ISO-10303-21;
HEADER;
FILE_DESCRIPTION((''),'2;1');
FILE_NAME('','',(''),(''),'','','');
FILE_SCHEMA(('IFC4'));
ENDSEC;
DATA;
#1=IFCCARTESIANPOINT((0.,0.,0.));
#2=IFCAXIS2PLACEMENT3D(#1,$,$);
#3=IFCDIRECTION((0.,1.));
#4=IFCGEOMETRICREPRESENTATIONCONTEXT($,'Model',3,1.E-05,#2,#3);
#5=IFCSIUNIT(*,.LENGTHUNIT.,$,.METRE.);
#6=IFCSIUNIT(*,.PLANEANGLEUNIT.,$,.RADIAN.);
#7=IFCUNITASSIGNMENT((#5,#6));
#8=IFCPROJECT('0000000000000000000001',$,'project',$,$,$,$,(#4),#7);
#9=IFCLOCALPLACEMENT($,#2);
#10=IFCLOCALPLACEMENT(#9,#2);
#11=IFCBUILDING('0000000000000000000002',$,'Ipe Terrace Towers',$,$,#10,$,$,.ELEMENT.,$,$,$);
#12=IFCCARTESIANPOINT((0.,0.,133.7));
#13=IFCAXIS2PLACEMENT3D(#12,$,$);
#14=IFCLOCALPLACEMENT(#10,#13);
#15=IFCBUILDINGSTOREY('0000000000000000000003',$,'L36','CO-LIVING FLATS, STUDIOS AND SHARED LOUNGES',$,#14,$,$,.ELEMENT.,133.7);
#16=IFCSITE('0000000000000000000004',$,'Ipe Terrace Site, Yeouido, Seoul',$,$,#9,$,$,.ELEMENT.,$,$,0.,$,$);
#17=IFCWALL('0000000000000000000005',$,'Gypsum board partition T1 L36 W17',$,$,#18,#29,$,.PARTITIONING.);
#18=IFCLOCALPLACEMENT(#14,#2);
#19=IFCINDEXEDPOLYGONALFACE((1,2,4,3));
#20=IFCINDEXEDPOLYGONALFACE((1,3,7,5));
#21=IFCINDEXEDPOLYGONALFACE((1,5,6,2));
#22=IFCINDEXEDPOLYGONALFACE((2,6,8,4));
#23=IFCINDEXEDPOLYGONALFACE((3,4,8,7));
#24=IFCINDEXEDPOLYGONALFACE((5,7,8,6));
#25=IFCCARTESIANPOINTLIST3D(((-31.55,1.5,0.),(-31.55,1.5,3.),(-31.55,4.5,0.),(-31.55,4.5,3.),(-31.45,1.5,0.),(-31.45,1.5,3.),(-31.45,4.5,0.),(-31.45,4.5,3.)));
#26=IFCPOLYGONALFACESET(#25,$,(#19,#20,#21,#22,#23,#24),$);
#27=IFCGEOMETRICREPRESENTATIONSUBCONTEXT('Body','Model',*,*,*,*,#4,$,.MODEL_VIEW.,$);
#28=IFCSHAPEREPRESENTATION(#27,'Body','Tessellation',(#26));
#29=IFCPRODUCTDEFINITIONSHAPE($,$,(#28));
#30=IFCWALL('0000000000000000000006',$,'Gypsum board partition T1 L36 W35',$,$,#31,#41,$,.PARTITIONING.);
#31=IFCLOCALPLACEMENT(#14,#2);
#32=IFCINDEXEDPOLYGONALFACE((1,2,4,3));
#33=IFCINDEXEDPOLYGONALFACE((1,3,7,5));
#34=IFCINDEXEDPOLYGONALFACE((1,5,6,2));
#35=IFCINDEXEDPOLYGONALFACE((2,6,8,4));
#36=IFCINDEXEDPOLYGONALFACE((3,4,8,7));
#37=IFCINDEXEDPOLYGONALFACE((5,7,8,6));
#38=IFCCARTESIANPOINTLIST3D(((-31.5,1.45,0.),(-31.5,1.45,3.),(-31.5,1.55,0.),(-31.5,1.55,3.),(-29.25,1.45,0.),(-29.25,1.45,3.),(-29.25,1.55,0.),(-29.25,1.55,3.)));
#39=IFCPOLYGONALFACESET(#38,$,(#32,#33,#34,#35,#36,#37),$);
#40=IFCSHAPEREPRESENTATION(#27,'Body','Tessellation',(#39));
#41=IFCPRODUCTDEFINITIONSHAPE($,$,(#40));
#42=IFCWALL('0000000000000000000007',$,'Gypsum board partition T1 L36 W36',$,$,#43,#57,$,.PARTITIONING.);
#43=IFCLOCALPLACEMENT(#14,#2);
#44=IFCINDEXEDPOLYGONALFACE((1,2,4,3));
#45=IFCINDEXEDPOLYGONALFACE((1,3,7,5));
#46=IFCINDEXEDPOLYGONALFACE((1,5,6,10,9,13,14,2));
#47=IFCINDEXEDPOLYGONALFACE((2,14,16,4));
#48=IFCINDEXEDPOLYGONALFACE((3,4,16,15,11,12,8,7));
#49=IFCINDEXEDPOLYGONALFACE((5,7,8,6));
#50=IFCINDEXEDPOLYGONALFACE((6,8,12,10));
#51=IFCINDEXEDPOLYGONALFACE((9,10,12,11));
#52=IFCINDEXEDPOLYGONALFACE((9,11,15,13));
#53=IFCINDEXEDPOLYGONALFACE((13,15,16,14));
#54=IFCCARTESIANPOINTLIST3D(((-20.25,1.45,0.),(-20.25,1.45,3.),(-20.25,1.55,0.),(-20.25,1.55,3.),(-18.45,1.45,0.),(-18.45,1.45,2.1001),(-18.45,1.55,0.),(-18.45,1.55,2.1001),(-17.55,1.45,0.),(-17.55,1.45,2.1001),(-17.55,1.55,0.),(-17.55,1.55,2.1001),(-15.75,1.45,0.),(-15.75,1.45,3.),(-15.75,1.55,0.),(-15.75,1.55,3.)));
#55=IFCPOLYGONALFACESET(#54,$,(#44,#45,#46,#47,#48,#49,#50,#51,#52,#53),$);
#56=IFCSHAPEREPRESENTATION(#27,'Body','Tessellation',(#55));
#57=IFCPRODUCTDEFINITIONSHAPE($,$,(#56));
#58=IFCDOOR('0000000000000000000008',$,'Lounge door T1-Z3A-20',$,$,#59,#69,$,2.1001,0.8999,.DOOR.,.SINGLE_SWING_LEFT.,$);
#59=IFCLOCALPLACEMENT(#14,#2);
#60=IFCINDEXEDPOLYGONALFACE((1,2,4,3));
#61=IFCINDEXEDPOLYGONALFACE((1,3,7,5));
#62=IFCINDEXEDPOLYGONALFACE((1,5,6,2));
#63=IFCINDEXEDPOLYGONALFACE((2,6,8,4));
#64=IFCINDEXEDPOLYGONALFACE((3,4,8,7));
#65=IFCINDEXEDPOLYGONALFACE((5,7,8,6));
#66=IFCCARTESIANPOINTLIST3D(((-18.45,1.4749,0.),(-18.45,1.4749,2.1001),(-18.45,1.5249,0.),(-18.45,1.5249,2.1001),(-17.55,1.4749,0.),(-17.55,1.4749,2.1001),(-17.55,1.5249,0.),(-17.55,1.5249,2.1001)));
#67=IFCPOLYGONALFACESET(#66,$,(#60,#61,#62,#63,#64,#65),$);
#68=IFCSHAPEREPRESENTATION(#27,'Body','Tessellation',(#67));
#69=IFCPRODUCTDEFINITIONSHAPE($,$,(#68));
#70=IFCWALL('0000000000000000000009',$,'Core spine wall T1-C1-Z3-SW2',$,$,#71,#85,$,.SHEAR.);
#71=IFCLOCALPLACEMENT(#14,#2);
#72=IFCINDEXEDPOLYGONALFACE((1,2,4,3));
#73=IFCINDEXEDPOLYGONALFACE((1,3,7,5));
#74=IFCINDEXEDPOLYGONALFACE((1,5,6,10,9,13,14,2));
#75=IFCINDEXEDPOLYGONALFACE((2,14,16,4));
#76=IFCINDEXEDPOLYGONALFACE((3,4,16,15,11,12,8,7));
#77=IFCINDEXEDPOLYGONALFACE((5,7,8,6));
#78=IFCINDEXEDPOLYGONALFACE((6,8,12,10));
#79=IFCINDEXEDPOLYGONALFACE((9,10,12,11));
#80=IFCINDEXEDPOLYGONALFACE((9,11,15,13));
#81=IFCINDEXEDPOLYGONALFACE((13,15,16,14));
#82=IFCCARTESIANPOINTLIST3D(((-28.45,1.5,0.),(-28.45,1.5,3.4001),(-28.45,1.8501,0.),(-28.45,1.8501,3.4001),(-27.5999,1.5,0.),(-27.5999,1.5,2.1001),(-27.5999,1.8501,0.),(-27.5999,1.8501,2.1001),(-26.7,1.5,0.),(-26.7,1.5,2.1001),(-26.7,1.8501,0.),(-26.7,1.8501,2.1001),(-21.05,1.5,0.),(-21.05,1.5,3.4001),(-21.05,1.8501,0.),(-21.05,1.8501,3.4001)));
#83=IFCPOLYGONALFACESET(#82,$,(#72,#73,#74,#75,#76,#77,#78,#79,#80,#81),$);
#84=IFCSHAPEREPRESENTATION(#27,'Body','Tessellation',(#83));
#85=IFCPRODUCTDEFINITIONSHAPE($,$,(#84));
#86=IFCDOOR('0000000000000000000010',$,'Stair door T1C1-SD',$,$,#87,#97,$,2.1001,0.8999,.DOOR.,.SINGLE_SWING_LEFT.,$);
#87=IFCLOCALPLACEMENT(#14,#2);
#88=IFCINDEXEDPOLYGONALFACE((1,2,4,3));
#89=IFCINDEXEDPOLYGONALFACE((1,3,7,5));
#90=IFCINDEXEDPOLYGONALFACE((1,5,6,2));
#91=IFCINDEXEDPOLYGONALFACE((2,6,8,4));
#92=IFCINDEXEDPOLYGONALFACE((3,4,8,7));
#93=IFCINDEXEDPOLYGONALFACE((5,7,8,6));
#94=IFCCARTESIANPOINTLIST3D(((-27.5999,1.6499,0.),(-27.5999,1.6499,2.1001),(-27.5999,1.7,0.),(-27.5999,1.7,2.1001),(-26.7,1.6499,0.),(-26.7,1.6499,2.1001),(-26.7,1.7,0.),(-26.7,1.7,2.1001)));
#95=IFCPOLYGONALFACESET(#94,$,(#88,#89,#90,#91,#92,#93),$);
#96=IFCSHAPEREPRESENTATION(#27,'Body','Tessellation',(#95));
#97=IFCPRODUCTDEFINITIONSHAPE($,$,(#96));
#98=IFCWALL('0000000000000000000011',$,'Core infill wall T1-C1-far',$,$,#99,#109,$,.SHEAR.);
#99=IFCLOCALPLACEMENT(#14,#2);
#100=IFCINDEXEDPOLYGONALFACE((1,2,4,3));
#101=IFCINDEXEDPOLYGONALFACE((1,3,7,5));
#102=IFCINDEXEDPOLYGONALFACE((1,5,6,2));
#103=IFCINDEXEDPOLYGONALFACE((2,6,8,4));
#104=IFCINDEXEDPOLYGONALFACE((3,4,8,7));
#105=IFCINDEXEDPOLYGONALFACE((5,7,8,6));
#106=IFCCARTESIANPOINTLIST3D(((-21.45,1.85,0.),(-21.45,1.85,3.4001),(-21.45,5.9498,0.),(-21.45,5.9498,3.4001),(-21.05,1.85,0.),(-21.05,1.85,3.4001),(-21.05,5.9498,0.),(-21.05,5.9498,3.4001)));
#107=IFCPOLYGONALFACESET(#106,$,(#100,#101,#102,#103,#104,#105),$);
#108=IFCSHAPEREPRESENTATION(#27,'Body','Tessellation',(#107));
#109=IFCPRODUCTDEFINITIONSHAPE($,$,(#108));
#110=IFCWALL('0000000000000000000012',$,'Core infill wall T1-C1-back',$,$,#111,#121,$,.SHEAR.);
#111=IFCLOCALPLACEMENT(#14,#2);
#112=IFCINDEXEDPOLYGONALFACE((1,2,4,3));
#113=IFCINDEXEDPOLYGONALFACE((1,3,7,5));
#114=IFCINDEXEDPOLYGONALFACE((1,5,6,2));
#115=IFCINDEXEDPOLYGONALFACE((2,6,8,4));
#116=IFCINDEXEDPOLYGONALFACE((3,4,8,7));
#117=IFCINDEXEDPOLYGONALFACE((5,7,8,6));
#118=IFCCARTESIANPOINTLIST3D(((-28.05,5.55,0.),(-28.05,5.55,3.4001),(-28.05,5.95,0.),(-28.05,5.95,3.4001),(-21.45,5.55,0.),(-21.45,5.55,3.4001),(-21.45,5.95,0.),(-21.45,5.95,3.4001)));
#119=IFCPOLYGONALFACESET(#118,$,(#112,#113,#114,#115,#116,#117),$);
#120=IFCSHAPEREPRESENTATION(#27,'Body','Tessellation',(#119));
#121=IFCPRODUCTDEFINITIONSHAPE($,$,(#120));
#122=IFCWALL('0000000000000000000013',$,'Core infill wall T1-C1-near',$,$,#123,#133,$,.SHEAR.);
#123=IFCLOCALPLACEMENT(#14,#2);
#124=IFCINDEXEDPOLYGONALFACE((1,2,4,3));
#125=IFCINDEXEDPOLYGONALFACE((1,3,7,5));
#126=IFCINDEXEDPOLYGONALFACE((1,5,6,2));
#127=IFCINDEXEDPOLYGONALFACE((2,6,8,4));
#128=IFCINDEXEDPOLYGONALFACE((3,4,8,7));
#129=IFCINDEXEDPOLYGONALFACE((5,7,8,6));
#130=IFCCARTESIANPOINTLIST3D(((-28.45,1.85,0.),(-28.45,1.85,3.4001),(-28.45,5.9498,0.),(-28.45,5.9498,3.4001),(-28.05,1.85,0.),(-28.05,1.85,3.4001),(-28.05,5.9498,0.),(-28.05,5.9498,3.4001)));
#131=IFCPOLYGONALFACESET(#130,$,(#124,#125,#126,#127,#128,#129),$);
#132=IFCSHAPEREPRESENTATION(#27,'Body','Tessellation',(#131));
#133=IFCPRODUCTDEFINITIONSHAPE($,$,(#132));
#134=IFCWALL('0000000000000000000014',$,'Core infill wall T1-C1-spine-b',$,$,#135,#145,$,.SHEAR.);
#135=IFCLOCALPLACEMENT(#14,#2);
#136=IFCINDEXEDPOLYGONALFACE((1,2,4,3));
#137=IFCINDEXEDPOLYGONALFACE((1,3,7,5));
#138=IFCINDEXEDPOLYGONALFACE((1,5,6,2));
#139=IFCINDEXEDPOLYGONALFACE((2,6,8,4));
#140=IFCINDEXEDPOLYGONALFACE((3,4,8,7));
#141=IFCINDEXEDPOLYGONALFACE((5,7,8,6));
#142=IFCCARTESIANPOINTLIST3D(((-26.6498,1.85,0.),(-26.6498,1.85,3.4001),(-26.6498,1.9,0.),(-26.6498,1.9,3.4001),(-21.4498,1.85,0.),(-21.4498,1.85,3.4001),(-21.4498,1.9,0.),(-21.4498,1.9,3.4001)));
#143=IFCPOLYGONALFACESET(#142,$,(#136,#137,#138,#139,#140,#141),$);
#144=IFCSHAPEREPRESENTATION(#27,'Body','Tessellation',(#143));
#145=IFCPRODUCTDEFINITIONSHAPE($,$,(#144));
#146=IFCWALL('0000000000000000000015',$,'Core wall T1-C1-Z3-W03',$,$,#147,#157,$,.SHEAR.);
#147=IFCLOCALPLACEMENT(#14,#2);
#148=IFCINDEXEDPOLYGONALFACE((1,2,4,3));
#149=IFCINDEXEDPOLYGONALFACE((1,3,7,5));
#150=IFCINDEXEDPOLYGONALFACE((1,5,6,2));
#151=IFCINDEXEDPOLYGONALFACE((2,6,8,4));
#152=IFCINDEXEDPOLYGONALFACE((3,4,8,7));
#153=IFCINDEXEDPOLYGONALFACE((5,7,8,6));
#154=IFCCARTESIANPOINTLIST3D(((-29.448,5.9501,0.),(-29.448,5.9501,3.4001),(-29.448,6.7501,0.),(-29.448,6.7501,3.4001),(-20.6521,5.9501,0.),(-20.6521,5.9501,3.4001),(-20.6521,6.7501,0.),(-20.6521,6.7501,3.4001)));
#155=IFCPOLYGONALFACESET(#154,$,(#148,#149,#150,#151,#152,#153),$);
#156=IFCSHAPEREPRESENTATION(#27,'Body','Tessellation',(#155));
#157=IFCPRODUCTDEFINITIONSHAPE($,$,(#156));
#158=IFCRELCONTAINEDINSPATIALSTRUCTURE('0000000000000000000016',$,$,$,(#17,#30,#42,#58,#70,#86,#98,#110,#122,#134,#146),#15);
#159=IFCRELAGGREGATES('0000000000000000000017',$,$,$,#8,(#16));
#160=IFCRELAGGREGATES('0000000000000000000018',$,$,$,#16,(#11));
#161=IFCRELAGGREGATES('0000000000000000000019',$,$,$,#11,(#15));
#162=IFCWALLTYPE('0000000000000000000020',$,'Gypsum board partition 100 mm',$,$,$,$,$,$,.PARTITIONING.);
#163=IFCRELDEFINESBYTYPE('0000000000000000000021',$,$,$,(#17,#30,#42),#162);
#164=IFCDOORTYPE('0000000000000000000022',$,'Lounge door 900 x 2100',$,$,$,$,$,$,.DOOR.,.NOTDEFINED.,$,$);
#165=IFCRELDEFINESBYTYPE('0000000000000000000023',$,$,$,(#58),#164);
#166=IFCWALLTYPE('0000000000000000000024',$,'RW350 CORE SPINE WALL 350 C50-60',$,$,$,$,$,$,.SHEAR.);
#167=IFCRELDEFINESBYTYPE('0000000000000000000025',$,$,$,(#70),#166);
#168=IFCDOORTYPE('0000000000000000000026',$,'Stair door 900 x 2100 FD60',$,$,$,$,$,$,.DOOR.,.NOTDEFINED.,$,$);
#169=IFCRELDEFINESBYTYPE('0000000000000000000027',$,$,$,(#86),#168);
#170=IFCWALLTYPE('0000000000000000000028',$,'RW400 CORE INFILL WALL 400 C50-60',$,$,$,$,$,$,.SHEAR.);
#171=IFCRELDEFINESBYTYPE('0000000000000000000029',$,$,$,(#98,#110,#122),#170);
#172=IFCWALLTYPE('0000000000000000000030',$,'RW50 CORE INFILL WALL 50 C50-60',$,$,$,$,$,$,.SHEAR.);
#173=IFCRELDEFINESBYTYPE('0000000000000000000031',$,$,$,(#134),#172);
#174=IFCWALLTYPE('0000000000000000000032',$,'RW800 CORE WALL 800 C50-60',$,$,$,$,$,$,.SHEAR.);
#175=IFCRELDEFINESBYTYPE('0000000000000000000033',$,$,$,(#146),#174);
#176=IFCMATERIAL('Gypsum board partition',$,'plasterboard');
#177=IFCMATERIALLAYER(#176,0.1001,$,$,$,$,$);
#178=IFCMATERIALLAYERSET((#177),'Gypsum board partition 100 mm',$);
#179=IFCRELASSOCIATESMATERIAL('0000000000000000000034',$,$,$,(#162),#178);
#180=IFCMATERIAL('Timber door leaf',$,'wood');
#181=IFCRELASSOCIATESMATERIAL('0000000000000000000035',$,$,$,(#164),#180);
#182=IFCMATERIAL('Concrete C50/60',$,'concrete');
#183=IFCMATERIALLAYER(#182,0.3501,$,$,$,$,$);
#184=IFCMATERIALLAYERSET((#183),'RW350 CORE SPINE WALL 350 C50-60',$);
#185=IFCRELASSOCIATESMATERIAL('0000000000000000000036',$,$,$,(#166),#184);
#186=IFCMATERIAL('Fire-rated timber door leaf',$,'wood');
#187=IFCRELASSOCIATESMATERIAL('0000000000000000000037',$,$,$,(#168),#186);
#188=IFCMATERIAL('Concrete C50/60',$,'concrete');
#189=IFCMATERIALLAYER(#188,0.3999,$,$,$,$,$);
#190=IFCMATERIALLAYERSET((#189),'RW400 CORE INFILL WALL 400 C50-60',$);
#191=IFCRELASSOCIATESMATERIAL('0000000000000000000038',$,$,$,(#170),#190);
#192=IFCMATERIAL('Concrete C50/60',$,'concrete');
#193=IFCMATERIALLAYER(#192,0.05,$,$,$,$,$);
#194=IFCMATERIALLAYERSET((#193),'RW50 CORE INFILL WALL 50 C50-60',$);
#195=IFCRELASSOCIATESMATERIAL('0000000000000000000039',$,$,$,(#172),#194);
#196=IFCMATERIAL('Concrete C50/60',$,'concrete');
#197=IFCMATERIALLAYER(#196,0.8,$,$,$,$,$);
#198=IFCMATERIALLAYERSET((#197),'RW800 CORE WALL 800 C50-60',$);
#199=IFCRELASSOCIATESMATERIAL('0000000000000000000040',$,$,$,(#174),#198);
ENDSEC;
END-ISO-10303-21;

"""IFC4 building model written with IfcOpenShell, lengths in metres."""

from ifc_helpers import new_model, si_unit, direction, frame, frame_2d, origin, place, context, subcontext, project, spatial, rectangle, extrude, material, layer, layer_set, type_object, element, fill, save


model = new_model("IFC4")

# Units and contexts
model_context = context("Model", 3, precision=1e-05, world=origin(), true_north=direction((0.0, 1.0)))
body_context = subcontext(model_context, "Body", "Model", "MODEL_VIEW")
ifc_project = project(units=[si_unit("LENGTHUNIT", "METRE"), si_unit("PLANEANGLEUNIT", "RADIAN")], contexts=[model_context])

# Site, building, storey
site_placement = place(None, origin())
site = spatial("IfcSite", under=ifc_project, at=site_placement, Name="Ipe Terrace Site, Yeouido, Seoul", CompositionType="ELEMENT", RefElevation=0.0)
building_placement = place(site_placement, origin())
building = spatial("IfcBuilding", under=site, at=building_placement, Name="Ipe Terrace Towers", CompositionType="ELEMENT")
storey_placement = place(building_placement, frame((0.0, 0.0, 133.7)))
storey = spatial("IfcBuildingStorey", under=building, at=storey_placement, Name="L36", Description="CO-LIVING FLATS, STUDIOS AND SHARED LOUNGES", CompositionType="ELEMENT", Elevation=133.7)

# Walls
ifc_material_1 = material(Name="Gypsum board partition", Category="plasterboard")
ifc_layer_1 = layer(ifc_material_1, 0.1001)
ifc_layer_set_1 = layer_set([ifc_layer_1], Name="Gypsum board partition 100 mm")
wall_type_1 = type_object("IfcWallType", Name="Gypsum board partition 100 mm", PredefinedType="PARTITIONING", material=ifc_layer_set_1)
wall_1_placement = place(storey_placement, frame((-31.5, 1.5, 0.0), z_axis=(0.0, 0.0, 1.0), x_axis=(0.0, 1.0, 0.0)))
element("IfcWall", 1, at=wall_1_placement, inside=storey, type_object=wall_type_1, Name="Gypsum board partition T1 L36 W17", PredefinedType="PARTITIONING", context=body_context, shape_type="SweptSolid", body=[
    extrude(rectangle(XDim=3.0, YDim=0.1001, at=frame_2d((1.5, 0.0))), origin(), (0.0, 0.0, 1.0), 3.0),
])
wall_2_placement = place(storey_placement, frame((-31.5, 1.5, 0.0), z_axis=(0.0, 0.0, 1.0), x_axis=(1.0, 0.0, 0.0)))
element("IfcWall", 2, at=wall_2_placement, inside=storey, type_object=wall_type_1, Name="Gypsum board partition T1 L36 W35", PredefinedType="PARTITIONING", context=body_context, shape_type="SweptSolid", body=[
    extrude(rectangle(XDim=2.25, YDim=0.1001, at=frame_2d((1.125, 0.0))), origin(), (0.0, 0.0, 1.0), 3.0),
])

# Walls, openings, doors
wall_3_placement = place(storey_placement, frame((-20.25, 1.5, 0.0), z_axis=(0.0, 0.0, 1.0), x_axis=(1.0, 0.0, 0.0)))
wall_3 = element("IfcWall", 3, at=wall_3_placement, inside=storey, type_object=wall_type_1, Name="Gypsum board partition T1 L36 W36", PredefinedType="PARTITIONING", context=body_context, shape_type="SweptSolid", body=[
    extrude(rectangle(XDim=4.5, YDim=0.1001, at=frame_2d((2.25, 0.0))), origin(), (0.0, 0.0, 1.0), 3.0),
])
opening_1_placement = place(wall_3_placement, frame((1.8, 0.0, 0.0)))
opening_1 = element("IfcOpeningElement", 4, at=opening_1_placement, cuts=wall_3, PredefinedType="OPENING", context=body_context, shape_type="SweptSolid", body=[
    extrude(rectangle(XDim=0.8999, YDim=2.1001, at=frame_2d((0.45, 1.05))), frame((0.0, 0.0601, 0.0), z_axis=(0.0, -1.0, 0.0), x_axis=(1.0, 0.0, 0.0)), (0.0, 0.0, 1.0), 0.1201),
])
ifc_material_2 = material(Name="Timber door leaf", Category="wood")
door_type_1 = type_object("IfcDoorType", Name="Lounge door 900 x 2100", OperationType="NOTDEFINED", PredefinedType="DOOR", material=ifc_material_2)
door_1_placement = place(opening_1_placement, origin())
door_1 = element("IfcDoor", 5, at=door_1_placement, inside=storey, type_object=door_type_1, Name="Lounge door T1-Z3A-20", OperationType="SINGLE_SWING_LEFT", OverallHeight=2.1001, OverallWidth=0.8999, PredefinedType="DOOR", context=body_context, shape_type="SweptSolid", body=[
    extrude(rectangle(XDim=0.8999, YDim=2.1001, at=frame_2d((0.45, 1.05))), frame((0.0, 0.0249, 0.0), z_axis=(0.0, -1.0, 0.0), x_axis=(1.0, 0.0, 0.0)), (0.0, 0.0, 1.0), 0.05),
])
fill(opening_1, door_1)
ifc_material_3 = material(Name="Concrete C50/60", Category="concrete")
ifc_layer_2 = layer(ifc_material_3, 0.3501)
ifc_layer_set_2 = layer_set([ifc_layer_2], Name="RW350 CORE SPINE WALL 350 C50-60")
wall_type_2 = type_object("IfcWallType", Name="RW350 CORE SPINE WALL 350 C50-60", PredefinedType="SHEAR", material=ifc_layer_set_2)
wall_4_placement = place(storey_placement, frame((-28.45, 1.675, 0.0), z_axis=(0.0, 0.0, 1.0), x_axis=(1.0, 0.0, 0.0)))
wall_4 = element("IfcWall", 6, at=wall_4_placement, inside=storey, type_object=wall_type_2, Name="Core spine wall T1-C1-Z3-SW2", PredefinedType="SHEAR", context=body_context, shape_type="SweptSolid", body=[
    extrude(rectangle(XDim=7.3999, YDim=0.3501, at=frame_2d((3.7, 0.0))), origin(), (0.0, 0.0, 1.0), 3.4001),
])
opening_2_placement = place(wall_4_placement, frame((0.8501, 0.0, 0.0)))
opening_2 = element("IfcOpeningElement", 7, at=opening_2_placement, cuts=wall_4, PredefinedType="OPENING", context=body_context, shape_type="SweptSolid", body=[
    extrude(rectangle(XDim=0.8999, YDim=2.1001, at=frame_2d((0.45, 1.05))), frame((0.0, 0.1851, 0.0), z_axis=(0.0, -1.0, 0.0), x_axis=(1.0, 0.0, 0.0)), (0.0, 0.0, 1.0), 0.3701),
])
ifc_material_4 = material(Name="Fire-rated timber door leaf", Category="wood")
door_type_2 = type_object("IfcDoorType", Name="Stair door 900 x 2100 FD60", OperationType="NOTDEFINED", PredefinedType="DOOR", material=ifc_material_4)
door_2_placement = place(opening_2_placement, origin())
door_2 = element("IfcDoor", 8, at=door_2_placement, inside=storey, type_object=door_type_2, Name="Stair door T1C1-SD", OperationType="SINGLE_SWING_LEFT", OverallHeight=2.1001, OverallWidth=0.8999, PredefinedType="DOOR", context=body_context, shape_type="SweptSolid", body=[
    extrude(rectangle(XDim=0.8999, YDim=2.1001, at=frame_2d((0.45, 1.05))), frame((0.0, 0.0249, 0.0), z_axis=(0.0, -1.0, 0.0), x_axis=(1.0, 0.0, 0.0)), (0.0, 0.0, 1.0), 0.05),
])
fill(opening_2, door_2)

# Walls
ifc_material_5 = material(Name="Concrete C50/60", Category="concrete")
ifc_layer_3 = layer(ifc_material_5, 0.3999)
ifc_layer_set_3 = layer_set([ifc_layer_3], Name="RW400 CORE INFILL WALL 400 C50-60")
wall_type_3 = type_object("IfcWallType", Name="RW400 CORE INFILL WALL 400 C50-60", PredefinedType="SHEAR", material=ifc_layer_set_3)
wall_5_placement = place(storey_placement, frame((-21.25, 1.8501, 0.0), z_axis=(0.0, 0.0, 1.0), x_axis=(0.0, 1.0, 0.0)))
element("IfcWall", 9, at=wall_5_placement, inside=storey, type_object=wall_type_3, Name="Core infill wall T1-C1-far", PredefinedType="SHEAR", context=body_context, shape_type="SweptSolid", body=[
    extrude(rectangle(XDim=4.0999, YDim=0.3999, at=frame_2d((2.0498, 0.0))), origin(), (0.0, 0.0, 1.0), 3.4001),
])
wall_6_placement = place(storey_placement, frame((-28.05, 5.75, 0.0), z_axis=(0.0, 0.0, 1.0), x_axis=(1.0, 0.0, 0.0)))
element("IfcWall", 10, at=wall_6_placement, inside=storey, type_object=wall_type_3, Name="Core infill wall T1-C1-back", PredefinedType="SHEAR", context=body_context, shape_type="SweptSolid", body=[
    extrude(rectangle(XDim=6.6001, YDim=0.3999, at=frame_2d((3.3, 0.0))), origin(), (0.0, 0.0, 1.0), 3.4001),
])
wall_7_placement = place(storey_placement, frame((-28.25, 1.8501, 0.0), z_axis=(0.0, 0.0, 1.0), x_axis=(0.0, 1.0, 0.0)))
element("IfcWall", 11, at=wall_7_placement, inside=storey, type_object=wall_type_3, Name="Core infill wall T1-C1-near", PredefinedType="SHEAR", context=body_context, shape_type="SweptSolid", body=[
    extrude(rectangle(XDim=4.0999, YDim=0.3999, at=frame_2d((2.0498, 0.0))), origin(), (0.0, 0.0, 1.0), 3.4001),
])
ifc_material_6 = material(Name="Concrete C50/60", Category="concrete")
ifc_layer_4 = layer(ifc_material_6, 0.05)
ifc_layer_set_4 = layer_set([ifc_layer_4], Name="RW50 CORE INFILL WALL 50 C50-60")
wall_type_4 = type_object("IfcWallType", Name="RW50 CORE INFILL WALL 50 C50-60", PredefinedType="SHEAR", material=ifc_layer_set_4)
wall_8_placement = place(storey_placement, frame((-26.6499, 1.875, 0.0), z_axis=(0.0, 0.0, 1.0), x_axis=(1.0, 0.0, 0.0)))
element("IfcWall", 12, at=wall_8_placement, inside=storey, type_object=wall_type_4, Name="Core infill wall T1-C1-spine-b", PredefinedType="SHEAR", context=body_context, shape_type="SweptSolid", body=[
    extrude(rectangle(XDim=5.2, YDim=0.05, at=frame_2d((2.6001, 0.0))), origin(), (0.0, 0.0, 1.0), 3.4001),
])
ifc_material_7 = material(Name="Concrete C50/60", Category="concrete")
ifc_layer_5 = layer(ifc_material_7, 0.8)
ifc_layer_set_5 = layer_set([ifc_layer_5], Name="RW800 CORE WALL 800 C50-60")
wall_type_5 = type_object("IfcWallType", Name="RW800 CORE WALL 800 C50-60", PredefinedType="SHEAR", material=ifc_layer_set_5)
wall_9_placement = place(storey_placement, frame((-20.6521, 6.3501, 0.0), z_axis=(0.0, 0.0, 1.0), x_axis=(-1.0, 0.0, 0.0)))
element("IfcWall", 13, at=wall_9_placement, inside=storey, type_object=wall_type_5, Name="Core wall T1-C1-Z3-W03", PredefinedType="SHEAR", context=body_context, shape_type="SweptSolid", body=[
    extrude(rectangle(XDim=8.7959, YDim=0.8, at=frame_2d((4.3979, 0.0))), origin(), (0.0, 0.0, 1.0), 3.4001),
])

save(model, "model.ifc")
